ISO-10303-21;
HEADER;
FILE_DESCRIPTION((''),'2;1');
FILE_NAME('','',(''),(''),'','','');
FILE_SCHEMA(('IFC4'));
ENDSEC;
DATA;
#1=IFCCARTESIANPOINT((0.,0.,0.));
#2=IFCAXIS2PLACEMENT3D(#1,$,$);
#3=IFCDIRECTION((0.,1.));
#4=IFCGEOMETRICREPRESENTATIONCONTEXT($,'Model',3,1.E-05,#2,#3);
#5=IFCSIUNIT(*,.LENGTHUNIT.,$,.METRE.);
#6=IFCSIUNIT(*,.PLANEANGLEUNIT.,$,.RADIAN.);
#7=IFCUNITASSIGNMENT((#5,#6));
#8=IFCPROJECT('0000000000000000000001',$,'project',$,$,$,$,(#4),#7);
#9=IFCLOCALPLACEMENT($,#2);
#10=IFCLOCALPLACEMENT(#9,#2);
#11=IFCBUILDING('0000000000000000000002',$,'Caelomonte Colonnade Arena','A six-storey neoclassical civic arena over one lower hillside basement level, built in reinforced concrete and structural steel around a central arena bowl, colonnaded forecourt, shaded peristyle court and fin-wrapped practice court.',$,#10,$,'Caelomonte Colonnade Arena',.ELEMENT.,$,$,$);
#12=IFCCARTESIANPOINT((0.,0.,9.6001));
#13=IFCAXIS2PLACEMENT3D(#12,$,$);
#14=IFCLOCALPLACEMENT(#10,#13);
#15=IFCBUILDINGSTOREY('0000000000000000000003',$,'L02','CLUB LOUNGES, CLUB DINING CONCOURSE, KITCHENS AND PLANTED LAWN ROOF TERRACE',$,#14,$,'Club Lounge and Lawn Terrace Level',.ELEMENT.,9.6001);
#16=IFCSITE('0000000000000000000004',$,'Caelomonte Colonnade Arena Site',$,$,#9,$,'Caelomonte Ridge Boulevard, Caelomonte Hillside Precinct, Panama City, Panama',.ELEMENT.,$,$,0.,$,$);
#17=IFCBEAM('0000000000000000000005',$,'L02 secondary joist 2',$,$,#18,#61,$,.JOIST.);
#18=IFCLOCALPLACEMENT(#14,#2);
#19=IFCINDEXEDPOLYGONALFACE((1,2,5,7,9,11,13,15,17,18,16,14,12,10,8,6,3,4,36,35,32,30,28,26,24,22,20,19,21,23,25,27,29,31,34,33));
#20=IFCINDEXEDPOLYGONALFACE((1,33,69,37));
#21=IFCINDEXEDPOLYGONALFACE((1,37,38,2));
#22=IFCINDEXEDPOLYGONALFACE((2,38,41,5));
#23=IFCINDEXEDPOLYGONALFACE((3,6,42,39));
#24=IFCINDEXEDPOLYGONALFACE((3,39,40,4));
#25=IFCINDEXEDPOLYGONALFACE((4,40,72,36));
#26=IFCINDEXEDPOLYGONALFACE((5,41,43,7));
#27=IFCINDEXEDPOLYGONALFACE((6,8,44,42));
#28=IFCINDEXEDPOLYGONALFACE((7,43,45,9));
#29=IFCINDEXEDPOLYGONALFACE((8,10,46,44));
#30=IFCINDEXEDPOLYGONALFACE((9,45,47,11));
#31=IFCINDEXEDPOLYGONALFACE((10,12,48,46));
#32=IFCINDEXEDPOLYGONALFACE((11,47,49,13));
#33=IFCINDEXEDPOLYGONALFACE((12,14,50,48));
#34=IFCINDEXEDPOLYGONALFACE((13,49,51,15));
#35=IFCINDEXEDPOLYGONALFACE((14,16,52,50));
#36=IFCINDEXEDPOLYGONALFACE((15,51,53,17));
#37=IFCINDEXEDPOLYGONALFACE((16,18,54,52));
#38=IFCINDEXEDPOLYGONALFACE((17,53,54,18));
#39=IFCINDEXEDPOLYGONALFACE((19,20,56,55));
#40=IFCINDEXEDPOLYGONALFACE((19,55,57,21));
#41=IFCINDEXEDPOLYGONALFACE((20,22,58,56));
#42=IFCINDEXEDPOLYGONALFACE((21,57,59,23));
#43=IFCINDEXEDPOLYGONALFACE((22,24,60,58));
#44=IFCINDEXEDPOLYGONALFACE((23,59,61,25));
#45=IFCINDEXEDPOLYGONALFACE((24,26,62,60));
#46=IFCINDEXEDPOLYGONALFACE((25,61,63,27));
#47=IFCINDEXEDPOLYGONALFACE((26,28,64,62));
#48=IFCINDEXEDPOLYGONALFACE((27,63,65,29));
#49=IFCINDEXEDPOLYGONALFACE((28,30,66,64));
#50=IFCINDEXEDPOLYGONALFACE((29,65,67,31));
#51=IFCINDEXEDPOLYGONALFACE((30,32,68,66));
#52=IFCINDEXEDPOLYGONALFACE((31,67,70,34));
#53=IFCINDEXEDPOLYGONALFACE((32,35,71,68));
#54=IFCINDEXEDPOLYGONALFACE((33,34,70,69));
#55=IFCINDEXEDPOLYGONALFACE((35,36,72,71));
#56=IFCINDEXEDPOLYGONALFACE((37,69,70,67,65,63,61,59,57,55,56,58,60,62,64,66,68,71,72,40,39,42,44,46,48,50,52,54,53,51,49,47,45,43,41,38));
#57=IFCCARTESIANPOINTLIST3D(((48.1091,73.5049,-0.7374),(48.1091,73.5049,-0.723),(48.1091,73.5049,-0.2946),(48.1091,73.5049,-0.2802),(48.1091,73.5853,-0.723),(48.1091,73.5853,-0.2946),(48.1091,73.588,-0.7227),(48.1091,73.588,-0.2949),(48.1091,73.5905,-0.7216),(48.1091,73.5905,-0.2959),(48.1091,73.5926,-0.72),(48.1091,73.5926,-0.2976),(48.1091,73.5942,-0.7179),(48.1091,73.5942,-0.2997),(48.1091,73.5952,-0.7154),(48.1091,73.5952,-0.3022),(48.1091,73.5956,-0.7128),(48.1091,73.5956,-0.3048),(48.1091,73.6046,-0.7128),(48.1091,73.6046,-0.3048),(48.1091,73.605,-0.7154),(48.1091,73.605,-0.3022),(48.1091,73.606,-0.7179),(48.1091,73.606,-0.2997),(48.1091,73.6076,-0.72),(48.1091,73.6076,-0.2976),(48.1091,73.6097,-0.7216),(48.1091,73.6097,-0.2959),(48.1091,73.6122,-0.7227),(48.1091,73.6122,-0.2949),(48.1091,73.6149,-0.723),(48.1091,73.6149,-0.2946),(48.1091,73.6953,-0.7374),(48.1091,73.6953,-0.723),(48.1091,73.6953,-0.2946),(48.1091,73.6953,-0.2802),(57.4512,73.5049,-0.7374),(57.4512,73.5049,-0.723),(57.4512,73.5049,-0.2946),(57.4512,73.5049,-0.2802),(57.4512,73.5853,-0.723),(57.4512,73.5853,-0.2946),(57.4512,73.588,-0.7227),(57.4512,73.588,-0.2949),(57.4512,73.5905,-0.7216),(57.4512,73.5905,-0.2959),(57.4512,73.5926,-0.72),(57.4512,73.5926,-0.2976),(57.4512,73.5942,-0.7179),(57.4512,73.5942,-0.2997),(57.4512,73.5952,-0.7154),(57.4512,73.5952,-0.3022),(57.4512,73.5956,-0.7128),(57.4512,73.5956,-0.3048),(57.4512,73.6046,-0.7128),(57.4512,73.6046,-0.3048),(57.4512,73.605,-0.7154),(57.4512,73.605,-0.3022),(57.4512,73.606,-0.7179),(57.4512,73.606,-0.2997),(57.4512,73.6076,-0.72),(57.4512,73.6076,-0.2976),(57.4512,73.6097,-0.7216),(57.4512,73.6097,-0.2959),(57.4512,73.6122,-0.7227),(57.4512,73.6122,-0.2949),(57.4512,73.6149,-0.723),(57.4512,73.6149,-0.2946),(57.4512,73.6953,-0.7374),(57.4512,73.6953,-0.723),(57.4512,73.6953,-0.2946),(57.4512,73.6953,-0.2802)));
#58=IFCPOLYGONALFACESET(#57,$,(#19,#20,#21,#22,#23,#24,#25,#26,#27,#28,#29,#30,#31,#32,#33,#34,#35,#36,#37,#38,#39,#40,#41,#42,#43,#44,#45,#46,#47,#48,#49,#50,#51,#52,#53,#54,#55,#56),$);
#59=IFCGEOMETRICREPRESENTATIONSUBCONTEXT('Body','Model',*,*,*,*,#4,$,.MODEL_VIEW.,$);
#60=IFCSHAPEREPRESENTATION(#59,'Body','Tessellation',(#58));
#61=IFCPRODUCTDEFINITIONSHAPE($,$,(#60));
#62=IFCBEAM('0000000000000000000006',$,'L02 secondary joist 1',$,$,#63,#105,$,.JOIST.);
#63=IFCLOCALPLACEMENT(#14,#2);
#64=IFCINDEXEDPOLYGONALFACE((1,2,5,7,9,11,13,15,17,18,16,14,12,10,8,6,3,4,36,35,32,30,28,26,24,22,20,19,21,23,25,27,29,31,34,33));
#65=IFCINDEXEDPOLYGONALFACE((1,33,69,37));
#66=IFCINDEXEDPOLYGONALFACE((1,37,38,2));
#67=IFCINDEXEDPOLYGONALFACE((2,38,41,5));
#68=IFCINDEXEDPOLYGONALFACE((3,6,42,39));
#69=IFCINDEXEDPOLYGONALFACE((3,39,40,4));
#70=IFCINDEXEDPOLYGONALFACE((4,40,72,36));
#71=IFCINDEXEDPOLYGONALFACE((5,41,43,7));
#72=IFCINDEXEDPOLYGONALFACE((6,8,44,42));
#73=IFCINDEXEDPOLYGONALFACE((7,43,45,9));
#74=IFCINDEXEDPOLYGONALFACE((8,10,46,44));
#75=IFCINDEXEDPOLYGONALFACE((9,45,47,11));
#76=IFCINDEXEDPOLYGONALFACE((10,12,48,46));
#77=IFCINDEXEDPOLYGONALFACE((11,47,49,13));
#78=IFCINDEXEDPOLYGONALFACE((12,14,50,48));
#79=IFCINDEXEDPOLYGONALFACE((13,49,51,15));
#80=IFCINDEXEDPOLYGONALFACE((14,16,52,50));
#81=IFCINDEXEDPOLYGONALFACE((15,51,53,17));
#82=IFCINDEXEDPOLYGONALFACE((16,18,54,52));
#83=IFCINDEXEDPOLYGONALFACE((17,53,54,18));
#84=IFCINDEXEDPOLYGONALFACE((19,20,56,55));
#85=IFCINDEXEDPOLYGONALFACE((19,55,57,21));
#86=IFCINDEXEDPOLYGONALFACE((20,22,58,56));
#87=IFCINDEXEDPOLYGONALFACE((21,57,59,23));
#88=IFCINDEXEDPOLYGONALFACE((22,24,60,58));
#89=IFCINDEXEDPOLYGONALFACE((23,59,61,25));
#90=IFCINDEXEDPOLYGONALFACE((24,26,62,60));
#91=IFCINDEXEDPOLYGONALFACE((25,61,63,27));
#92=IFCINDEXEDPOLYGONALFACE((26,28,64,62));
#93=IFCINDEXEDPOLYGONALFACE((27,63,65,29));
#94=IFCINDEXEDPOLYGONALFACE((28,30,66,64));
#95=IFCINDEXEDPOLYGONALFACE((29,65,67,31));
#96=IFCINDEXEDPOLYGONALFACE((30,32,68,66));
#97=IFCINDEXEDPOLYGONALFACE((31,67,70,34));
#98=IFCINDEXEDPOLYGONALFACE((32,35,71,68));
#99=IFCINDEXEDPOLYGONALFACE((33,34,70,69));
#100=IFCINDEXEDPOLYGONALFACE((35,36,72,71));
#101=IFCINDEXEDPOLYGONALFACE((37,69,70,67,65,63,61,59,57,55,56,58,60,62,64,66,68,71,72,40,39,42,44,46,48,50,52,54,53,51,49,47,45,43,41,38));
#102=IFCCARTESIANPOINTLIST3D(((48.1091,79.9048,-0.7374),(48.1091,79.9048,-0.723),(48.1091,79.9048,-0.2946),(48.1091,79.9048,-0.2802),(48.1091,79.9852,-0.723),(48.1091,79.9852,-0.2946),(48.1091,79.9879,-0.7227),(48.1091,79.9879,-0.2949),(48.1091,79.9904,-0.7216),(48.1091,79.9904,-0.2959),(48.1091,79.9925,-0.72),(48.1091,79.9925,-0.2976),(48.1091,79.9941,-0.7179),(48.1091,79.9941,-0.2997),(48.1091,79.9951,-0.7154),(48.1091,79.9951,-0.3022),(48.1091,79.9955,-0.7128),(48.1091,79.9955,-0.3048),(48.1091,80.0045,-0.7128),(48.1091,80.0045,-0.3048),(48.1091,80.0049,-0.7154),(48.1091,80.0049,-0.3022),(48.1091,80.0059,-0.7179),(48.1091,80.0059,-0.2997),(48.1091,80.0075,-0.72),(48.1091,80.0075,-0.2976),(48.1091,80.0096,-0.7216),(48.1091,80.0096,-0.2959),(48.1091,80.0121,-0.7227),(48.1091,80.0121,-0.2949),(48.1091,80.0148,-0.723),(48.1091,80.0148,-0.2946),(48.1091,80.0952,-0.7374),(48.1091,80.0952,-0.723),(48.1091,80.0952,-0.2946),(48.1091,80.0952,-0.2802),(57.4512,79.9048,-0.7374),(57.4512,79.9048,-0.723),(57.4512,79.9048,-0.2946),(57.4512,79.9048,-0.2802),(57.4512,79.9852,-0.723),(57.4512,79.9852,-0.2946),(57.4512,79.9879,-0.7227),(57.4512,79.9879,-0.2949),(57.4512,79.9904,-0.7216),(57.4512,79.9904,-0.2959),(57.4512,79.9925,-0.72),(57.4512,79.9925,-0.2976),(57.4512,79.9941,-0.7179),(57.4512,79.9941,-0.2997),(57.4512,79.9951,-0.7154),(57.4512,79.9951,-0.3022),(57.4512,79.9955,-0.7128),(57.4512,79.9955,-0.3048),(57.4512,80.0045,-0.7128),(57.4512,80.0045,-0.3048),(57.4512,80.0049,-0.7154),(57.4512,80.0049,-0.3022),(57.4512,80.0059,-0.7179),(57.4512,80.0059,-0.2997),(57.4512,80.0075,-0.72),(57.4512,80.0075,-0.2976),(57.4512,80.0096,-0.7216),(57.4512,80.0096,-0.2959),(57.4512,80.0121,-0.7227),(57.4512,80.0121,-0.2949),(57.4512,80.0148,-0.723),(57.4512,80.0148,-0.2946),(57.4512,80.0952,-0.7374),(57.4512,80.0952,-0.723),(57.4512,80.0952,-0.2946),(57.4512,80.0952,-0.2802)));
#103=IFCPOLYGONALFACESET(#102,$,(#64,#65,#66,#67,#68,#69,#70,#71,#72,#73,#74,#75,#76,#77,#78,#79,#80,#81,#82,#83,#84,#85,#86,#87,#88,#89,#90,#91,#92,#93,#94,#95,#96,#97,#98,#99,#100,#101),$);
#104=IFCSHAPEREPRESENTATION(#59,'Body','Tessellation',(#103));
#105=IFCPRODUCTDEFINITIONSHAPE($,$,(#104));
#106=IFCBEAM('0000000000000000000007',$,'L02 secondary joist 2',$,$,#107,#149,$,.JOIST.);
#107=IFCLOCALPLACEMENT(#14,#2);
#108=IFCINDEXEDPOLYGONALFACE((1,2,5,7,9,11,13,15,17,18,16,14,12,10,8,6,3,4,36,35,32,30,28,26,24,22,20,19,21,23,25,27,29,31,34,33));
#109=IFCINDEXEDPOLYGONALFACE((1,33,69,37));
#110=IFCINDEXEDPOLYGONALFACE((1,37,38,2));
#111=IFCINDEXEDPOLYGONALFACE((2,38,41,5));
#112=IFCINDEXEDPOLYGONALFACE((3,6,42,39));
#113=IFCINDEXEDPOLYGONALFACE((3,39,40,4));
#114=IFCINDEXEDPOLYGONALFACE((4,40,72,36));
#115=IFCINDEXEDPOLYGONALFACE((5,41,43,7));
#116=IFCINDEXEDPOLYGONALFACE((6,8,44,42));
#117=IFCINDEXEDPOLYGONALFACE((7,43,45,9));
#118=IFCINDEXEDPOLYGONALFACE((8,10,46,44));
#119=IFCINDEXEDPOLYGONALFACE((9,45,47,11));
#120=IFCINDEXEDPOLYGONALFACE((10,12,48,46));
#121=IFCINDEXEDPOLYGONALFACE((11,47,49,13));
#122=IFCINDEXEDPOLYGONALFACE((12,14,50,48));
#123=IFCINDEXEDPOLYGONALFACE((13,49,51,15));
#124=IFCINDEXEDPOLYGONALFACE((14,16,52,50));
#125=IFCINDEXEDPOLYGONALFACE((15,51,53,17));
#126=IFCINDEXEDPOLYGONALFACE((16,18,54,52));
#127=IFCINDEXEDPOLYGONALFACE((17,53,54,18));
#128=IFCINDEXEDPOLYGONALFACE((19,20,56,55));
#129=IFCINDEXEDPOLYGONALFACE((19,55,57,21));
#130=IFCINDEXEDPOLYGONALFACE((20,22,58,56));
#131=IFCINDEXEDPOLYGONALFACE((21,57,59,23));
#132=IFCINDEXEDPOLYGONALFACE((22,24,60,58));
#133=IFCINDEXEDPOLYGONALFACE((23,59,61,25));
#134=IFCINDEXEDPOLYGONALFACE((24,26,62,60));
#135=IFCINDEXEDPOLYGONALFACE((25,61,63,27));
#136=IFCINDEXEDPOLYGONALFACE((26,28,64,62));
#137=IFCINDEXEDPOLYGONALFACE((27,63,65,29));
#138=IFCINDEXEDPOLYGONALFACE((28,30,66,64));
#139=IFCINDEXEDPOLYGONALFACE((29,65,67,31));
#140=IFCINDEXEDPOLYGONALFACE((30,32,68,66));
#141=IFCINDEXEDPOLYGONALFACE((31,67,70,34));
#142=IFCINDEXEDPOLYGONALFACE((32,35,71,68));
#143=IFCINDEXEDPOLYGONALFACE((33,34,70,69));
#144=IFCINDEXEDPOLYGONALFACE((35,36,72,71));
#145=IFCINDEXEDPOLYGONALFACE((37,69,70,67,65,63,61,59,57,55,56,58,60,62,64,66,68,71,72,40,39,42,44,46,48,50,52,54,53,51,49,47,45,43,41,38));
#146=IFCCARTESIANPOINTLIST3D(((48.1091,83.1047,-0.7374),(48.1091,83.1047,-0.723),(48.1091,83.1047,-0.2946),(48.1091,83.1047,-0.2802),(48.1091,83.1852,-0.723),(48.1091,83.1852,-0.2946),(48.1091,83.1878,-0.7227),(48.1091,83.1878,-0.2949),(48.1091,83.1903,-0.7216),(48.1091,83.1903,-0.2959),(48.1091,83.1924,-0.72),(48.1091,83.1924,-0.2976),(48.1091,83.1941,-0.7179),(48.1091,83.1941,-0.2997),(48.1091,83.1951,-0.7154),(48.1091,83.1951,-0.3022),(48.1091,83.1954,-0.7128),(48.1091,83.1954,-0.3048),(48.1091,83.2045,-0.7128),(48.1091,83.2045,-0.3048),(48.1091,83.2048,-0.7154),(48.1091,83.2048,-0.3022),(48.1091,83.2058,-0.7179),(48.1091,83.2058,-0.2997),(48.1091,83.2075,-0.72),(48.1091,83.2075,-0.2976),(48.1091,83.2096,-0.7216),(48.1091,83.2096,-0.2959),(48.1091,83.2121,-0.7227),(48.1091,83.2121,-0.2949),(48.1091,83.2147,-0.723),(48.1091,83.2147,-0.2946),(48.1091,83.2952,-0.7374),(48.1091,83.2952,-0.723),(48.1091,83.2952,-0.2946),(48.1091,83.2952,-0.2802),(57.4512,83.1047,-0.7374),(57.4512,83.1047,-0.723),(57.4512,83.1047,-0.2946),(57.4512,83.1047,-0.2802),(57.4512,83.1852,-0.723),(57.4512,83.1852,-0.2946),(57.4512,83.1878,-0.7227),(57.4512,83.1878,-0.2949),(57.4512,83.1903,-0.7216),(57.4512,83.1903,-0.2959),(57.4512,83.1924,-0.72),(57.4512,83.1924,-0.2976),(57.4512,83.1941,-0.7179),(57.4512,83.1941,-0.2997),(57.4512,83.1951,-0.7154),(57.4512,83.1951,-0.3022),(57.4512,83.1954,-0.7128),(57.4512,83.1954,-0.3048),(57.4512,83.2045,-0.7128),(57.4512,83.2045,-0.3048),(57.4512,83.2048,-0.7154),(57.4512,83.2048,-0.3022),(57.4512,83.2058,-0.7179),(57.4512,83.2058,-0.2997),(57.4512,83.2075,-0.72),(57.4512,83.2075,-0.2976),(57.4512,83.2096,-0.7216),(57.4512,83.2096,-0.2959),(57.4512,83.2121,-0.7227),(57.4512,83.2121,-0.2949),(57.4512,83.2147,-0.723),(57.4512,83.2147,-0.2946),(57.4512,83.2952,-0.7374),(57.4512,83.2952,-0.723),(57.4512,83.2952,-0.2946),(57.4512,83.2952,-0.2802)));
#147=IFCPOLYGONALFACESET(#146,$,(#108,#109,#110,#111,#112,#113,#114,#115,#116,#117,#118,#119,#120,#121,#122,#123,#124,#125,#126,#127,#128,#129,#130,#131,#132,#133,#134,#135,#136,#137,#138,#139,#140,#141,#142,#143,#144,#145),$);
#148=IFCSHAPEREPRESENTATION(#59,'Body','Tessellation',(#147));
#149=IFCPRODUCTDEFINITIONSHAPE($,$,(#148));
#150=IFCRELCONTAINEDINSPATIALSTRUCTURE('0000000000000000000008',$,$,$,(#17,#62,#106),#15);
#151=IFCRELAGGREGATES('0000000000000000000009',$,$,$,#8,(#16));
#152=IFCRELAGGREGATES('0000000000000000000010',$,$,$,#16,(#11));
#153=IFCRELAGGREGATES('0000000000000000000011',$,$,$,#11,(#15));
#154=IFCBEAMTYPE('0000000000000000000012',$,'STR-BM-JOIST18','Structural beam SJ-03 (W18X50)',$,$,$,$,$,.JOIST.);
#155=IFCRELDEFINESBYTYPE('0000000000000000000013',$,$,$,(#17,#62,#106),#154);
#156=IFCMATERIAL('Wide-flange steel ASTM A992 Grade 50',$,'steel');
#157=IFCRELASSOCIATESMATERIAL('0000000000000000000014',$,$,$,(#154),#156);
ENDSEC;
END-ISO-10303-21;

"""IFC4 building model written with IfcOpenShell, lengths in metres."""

from ifc_helpers import new_model, si_unit, direction, frame, origin, origin_2d, place, context, subcontext, project, spatial, i_section, extrude, material, material_profile, profile_set, type_object, element, save


model = new_model("IFC4")

# Units and contexts
model_context = context("Model", 3, precision=1e-05, world=origin(), true_north=direction((0.0, 1.0)))
body_context = subcontext(model_context, "Body", "Model", "MODEL_VIEW")
ifc_project = project(units=[si_unit("LENGTHUNIT", "METRE"), si_unit("PLANEANGLEUNIT", "RADIAN")], contexts=[model_context])

# Site, building, storey
site_placement = place(None, origin())
site = spatial("IfcSite", under=ifc_project, at=site_placement, Name="Caelomonte Colonnade Arena Site", LongName="Caelomonte Ridge Boulevard, Caelomonte Hillside Precinct, Panama City, Panama", CompositionType="ELEMENT", RefElevation=0.0)
building_placement = place(site_placement, origin())
building = spatial("IfcBuilding", under=site, at=building_placement, Name="Caelomonte Colonnade Arena", Description="A six-storey neoclassical civic arena over one lower hillside basement level, built in reinforced concrete and structural steel around a central arena bowl, colonnaded forecourt, shaded peristyle court and fin-wrapped practice court.", LongName="Caelomonte Colonnade Arena", CompositionType="ELEMENT")
storey_placement = place(building_placement, frame((0.0, 0.0, 9.6001)))
storey = spatial("IfcBuildingStorey", under=building, at=storey_placement, Name="L02", Description="CLUB LOUNGES, CLUB DINING CONCOURSE, KITCHENS AND PLANTED LAWN ROOF TERRACE", LongName="Club Lounge and Lawn Terrace Level", CompositionType="ELEMENT", Elevation=9.6001)

# Beams
ifc_material_1 = material(Name="Wide-flange steel ASTM A992 Grade 50", Category="steel")
ifc_material_profile_1 = material_profile(ifc_material_1, i_section(OverallWidth=0.1904, OverallDepth=0.4573, WebThickness=0.009, FlangeThickness=0.0144, FilletRadius=0.0103, at=origin_2d()), Name="W18X50")
ifc_profile_set_1 = profile_set([ifc_material_profile_1], Name="Wide-flange steel ASTM A992 Grade 50")
beam_type_1 = type_object("IfcBeamType", Name="STR-BM-JOIST18", Description="Structural beam SJ-03 (W18X50)", PredefinedType="JOIST", material=ifc_profile_set_1)
for number, where, z_axis, x_axis, name in (
    (1, (48.1091, 73.6001, -0.5088), (1.0, 0.0, 0.0), (0.0, 1.0, 0.0), "L02 secondary joist 2"),
    (2, (48.1091, 80.0, -0.5088), (1.0, 0.0, 0.0), (0.0, 1.0, 0.0), "L02 secondary joist 1"),
    (3, (48.1091, 83.2, -0.5088), (1.0, 0.0, 0.0), (0.0, 1.0, 0.0), "L02 secondary joist 2"),
):
    element("IfcBeam", number, at=place(storey_placement, frame(where, z_axis=z_axis, x_axis=x_axis)), inside=storey, type_object=beam_type_1, Name=name, PredefinedType="JOIST", context=body_context, shape_type="SweptSolid", body=[
        extrude(i_section(OverallWidth=0.1904, OverallDepth=0.4573, WebThickness=0.009, FlangeThickness=0.0144, FilletRadius=0.0103, at=origin_2d()), origin(), (0.0, 0.0, 1.0), 9.342),
    ])

save(model, "model.ifc")
